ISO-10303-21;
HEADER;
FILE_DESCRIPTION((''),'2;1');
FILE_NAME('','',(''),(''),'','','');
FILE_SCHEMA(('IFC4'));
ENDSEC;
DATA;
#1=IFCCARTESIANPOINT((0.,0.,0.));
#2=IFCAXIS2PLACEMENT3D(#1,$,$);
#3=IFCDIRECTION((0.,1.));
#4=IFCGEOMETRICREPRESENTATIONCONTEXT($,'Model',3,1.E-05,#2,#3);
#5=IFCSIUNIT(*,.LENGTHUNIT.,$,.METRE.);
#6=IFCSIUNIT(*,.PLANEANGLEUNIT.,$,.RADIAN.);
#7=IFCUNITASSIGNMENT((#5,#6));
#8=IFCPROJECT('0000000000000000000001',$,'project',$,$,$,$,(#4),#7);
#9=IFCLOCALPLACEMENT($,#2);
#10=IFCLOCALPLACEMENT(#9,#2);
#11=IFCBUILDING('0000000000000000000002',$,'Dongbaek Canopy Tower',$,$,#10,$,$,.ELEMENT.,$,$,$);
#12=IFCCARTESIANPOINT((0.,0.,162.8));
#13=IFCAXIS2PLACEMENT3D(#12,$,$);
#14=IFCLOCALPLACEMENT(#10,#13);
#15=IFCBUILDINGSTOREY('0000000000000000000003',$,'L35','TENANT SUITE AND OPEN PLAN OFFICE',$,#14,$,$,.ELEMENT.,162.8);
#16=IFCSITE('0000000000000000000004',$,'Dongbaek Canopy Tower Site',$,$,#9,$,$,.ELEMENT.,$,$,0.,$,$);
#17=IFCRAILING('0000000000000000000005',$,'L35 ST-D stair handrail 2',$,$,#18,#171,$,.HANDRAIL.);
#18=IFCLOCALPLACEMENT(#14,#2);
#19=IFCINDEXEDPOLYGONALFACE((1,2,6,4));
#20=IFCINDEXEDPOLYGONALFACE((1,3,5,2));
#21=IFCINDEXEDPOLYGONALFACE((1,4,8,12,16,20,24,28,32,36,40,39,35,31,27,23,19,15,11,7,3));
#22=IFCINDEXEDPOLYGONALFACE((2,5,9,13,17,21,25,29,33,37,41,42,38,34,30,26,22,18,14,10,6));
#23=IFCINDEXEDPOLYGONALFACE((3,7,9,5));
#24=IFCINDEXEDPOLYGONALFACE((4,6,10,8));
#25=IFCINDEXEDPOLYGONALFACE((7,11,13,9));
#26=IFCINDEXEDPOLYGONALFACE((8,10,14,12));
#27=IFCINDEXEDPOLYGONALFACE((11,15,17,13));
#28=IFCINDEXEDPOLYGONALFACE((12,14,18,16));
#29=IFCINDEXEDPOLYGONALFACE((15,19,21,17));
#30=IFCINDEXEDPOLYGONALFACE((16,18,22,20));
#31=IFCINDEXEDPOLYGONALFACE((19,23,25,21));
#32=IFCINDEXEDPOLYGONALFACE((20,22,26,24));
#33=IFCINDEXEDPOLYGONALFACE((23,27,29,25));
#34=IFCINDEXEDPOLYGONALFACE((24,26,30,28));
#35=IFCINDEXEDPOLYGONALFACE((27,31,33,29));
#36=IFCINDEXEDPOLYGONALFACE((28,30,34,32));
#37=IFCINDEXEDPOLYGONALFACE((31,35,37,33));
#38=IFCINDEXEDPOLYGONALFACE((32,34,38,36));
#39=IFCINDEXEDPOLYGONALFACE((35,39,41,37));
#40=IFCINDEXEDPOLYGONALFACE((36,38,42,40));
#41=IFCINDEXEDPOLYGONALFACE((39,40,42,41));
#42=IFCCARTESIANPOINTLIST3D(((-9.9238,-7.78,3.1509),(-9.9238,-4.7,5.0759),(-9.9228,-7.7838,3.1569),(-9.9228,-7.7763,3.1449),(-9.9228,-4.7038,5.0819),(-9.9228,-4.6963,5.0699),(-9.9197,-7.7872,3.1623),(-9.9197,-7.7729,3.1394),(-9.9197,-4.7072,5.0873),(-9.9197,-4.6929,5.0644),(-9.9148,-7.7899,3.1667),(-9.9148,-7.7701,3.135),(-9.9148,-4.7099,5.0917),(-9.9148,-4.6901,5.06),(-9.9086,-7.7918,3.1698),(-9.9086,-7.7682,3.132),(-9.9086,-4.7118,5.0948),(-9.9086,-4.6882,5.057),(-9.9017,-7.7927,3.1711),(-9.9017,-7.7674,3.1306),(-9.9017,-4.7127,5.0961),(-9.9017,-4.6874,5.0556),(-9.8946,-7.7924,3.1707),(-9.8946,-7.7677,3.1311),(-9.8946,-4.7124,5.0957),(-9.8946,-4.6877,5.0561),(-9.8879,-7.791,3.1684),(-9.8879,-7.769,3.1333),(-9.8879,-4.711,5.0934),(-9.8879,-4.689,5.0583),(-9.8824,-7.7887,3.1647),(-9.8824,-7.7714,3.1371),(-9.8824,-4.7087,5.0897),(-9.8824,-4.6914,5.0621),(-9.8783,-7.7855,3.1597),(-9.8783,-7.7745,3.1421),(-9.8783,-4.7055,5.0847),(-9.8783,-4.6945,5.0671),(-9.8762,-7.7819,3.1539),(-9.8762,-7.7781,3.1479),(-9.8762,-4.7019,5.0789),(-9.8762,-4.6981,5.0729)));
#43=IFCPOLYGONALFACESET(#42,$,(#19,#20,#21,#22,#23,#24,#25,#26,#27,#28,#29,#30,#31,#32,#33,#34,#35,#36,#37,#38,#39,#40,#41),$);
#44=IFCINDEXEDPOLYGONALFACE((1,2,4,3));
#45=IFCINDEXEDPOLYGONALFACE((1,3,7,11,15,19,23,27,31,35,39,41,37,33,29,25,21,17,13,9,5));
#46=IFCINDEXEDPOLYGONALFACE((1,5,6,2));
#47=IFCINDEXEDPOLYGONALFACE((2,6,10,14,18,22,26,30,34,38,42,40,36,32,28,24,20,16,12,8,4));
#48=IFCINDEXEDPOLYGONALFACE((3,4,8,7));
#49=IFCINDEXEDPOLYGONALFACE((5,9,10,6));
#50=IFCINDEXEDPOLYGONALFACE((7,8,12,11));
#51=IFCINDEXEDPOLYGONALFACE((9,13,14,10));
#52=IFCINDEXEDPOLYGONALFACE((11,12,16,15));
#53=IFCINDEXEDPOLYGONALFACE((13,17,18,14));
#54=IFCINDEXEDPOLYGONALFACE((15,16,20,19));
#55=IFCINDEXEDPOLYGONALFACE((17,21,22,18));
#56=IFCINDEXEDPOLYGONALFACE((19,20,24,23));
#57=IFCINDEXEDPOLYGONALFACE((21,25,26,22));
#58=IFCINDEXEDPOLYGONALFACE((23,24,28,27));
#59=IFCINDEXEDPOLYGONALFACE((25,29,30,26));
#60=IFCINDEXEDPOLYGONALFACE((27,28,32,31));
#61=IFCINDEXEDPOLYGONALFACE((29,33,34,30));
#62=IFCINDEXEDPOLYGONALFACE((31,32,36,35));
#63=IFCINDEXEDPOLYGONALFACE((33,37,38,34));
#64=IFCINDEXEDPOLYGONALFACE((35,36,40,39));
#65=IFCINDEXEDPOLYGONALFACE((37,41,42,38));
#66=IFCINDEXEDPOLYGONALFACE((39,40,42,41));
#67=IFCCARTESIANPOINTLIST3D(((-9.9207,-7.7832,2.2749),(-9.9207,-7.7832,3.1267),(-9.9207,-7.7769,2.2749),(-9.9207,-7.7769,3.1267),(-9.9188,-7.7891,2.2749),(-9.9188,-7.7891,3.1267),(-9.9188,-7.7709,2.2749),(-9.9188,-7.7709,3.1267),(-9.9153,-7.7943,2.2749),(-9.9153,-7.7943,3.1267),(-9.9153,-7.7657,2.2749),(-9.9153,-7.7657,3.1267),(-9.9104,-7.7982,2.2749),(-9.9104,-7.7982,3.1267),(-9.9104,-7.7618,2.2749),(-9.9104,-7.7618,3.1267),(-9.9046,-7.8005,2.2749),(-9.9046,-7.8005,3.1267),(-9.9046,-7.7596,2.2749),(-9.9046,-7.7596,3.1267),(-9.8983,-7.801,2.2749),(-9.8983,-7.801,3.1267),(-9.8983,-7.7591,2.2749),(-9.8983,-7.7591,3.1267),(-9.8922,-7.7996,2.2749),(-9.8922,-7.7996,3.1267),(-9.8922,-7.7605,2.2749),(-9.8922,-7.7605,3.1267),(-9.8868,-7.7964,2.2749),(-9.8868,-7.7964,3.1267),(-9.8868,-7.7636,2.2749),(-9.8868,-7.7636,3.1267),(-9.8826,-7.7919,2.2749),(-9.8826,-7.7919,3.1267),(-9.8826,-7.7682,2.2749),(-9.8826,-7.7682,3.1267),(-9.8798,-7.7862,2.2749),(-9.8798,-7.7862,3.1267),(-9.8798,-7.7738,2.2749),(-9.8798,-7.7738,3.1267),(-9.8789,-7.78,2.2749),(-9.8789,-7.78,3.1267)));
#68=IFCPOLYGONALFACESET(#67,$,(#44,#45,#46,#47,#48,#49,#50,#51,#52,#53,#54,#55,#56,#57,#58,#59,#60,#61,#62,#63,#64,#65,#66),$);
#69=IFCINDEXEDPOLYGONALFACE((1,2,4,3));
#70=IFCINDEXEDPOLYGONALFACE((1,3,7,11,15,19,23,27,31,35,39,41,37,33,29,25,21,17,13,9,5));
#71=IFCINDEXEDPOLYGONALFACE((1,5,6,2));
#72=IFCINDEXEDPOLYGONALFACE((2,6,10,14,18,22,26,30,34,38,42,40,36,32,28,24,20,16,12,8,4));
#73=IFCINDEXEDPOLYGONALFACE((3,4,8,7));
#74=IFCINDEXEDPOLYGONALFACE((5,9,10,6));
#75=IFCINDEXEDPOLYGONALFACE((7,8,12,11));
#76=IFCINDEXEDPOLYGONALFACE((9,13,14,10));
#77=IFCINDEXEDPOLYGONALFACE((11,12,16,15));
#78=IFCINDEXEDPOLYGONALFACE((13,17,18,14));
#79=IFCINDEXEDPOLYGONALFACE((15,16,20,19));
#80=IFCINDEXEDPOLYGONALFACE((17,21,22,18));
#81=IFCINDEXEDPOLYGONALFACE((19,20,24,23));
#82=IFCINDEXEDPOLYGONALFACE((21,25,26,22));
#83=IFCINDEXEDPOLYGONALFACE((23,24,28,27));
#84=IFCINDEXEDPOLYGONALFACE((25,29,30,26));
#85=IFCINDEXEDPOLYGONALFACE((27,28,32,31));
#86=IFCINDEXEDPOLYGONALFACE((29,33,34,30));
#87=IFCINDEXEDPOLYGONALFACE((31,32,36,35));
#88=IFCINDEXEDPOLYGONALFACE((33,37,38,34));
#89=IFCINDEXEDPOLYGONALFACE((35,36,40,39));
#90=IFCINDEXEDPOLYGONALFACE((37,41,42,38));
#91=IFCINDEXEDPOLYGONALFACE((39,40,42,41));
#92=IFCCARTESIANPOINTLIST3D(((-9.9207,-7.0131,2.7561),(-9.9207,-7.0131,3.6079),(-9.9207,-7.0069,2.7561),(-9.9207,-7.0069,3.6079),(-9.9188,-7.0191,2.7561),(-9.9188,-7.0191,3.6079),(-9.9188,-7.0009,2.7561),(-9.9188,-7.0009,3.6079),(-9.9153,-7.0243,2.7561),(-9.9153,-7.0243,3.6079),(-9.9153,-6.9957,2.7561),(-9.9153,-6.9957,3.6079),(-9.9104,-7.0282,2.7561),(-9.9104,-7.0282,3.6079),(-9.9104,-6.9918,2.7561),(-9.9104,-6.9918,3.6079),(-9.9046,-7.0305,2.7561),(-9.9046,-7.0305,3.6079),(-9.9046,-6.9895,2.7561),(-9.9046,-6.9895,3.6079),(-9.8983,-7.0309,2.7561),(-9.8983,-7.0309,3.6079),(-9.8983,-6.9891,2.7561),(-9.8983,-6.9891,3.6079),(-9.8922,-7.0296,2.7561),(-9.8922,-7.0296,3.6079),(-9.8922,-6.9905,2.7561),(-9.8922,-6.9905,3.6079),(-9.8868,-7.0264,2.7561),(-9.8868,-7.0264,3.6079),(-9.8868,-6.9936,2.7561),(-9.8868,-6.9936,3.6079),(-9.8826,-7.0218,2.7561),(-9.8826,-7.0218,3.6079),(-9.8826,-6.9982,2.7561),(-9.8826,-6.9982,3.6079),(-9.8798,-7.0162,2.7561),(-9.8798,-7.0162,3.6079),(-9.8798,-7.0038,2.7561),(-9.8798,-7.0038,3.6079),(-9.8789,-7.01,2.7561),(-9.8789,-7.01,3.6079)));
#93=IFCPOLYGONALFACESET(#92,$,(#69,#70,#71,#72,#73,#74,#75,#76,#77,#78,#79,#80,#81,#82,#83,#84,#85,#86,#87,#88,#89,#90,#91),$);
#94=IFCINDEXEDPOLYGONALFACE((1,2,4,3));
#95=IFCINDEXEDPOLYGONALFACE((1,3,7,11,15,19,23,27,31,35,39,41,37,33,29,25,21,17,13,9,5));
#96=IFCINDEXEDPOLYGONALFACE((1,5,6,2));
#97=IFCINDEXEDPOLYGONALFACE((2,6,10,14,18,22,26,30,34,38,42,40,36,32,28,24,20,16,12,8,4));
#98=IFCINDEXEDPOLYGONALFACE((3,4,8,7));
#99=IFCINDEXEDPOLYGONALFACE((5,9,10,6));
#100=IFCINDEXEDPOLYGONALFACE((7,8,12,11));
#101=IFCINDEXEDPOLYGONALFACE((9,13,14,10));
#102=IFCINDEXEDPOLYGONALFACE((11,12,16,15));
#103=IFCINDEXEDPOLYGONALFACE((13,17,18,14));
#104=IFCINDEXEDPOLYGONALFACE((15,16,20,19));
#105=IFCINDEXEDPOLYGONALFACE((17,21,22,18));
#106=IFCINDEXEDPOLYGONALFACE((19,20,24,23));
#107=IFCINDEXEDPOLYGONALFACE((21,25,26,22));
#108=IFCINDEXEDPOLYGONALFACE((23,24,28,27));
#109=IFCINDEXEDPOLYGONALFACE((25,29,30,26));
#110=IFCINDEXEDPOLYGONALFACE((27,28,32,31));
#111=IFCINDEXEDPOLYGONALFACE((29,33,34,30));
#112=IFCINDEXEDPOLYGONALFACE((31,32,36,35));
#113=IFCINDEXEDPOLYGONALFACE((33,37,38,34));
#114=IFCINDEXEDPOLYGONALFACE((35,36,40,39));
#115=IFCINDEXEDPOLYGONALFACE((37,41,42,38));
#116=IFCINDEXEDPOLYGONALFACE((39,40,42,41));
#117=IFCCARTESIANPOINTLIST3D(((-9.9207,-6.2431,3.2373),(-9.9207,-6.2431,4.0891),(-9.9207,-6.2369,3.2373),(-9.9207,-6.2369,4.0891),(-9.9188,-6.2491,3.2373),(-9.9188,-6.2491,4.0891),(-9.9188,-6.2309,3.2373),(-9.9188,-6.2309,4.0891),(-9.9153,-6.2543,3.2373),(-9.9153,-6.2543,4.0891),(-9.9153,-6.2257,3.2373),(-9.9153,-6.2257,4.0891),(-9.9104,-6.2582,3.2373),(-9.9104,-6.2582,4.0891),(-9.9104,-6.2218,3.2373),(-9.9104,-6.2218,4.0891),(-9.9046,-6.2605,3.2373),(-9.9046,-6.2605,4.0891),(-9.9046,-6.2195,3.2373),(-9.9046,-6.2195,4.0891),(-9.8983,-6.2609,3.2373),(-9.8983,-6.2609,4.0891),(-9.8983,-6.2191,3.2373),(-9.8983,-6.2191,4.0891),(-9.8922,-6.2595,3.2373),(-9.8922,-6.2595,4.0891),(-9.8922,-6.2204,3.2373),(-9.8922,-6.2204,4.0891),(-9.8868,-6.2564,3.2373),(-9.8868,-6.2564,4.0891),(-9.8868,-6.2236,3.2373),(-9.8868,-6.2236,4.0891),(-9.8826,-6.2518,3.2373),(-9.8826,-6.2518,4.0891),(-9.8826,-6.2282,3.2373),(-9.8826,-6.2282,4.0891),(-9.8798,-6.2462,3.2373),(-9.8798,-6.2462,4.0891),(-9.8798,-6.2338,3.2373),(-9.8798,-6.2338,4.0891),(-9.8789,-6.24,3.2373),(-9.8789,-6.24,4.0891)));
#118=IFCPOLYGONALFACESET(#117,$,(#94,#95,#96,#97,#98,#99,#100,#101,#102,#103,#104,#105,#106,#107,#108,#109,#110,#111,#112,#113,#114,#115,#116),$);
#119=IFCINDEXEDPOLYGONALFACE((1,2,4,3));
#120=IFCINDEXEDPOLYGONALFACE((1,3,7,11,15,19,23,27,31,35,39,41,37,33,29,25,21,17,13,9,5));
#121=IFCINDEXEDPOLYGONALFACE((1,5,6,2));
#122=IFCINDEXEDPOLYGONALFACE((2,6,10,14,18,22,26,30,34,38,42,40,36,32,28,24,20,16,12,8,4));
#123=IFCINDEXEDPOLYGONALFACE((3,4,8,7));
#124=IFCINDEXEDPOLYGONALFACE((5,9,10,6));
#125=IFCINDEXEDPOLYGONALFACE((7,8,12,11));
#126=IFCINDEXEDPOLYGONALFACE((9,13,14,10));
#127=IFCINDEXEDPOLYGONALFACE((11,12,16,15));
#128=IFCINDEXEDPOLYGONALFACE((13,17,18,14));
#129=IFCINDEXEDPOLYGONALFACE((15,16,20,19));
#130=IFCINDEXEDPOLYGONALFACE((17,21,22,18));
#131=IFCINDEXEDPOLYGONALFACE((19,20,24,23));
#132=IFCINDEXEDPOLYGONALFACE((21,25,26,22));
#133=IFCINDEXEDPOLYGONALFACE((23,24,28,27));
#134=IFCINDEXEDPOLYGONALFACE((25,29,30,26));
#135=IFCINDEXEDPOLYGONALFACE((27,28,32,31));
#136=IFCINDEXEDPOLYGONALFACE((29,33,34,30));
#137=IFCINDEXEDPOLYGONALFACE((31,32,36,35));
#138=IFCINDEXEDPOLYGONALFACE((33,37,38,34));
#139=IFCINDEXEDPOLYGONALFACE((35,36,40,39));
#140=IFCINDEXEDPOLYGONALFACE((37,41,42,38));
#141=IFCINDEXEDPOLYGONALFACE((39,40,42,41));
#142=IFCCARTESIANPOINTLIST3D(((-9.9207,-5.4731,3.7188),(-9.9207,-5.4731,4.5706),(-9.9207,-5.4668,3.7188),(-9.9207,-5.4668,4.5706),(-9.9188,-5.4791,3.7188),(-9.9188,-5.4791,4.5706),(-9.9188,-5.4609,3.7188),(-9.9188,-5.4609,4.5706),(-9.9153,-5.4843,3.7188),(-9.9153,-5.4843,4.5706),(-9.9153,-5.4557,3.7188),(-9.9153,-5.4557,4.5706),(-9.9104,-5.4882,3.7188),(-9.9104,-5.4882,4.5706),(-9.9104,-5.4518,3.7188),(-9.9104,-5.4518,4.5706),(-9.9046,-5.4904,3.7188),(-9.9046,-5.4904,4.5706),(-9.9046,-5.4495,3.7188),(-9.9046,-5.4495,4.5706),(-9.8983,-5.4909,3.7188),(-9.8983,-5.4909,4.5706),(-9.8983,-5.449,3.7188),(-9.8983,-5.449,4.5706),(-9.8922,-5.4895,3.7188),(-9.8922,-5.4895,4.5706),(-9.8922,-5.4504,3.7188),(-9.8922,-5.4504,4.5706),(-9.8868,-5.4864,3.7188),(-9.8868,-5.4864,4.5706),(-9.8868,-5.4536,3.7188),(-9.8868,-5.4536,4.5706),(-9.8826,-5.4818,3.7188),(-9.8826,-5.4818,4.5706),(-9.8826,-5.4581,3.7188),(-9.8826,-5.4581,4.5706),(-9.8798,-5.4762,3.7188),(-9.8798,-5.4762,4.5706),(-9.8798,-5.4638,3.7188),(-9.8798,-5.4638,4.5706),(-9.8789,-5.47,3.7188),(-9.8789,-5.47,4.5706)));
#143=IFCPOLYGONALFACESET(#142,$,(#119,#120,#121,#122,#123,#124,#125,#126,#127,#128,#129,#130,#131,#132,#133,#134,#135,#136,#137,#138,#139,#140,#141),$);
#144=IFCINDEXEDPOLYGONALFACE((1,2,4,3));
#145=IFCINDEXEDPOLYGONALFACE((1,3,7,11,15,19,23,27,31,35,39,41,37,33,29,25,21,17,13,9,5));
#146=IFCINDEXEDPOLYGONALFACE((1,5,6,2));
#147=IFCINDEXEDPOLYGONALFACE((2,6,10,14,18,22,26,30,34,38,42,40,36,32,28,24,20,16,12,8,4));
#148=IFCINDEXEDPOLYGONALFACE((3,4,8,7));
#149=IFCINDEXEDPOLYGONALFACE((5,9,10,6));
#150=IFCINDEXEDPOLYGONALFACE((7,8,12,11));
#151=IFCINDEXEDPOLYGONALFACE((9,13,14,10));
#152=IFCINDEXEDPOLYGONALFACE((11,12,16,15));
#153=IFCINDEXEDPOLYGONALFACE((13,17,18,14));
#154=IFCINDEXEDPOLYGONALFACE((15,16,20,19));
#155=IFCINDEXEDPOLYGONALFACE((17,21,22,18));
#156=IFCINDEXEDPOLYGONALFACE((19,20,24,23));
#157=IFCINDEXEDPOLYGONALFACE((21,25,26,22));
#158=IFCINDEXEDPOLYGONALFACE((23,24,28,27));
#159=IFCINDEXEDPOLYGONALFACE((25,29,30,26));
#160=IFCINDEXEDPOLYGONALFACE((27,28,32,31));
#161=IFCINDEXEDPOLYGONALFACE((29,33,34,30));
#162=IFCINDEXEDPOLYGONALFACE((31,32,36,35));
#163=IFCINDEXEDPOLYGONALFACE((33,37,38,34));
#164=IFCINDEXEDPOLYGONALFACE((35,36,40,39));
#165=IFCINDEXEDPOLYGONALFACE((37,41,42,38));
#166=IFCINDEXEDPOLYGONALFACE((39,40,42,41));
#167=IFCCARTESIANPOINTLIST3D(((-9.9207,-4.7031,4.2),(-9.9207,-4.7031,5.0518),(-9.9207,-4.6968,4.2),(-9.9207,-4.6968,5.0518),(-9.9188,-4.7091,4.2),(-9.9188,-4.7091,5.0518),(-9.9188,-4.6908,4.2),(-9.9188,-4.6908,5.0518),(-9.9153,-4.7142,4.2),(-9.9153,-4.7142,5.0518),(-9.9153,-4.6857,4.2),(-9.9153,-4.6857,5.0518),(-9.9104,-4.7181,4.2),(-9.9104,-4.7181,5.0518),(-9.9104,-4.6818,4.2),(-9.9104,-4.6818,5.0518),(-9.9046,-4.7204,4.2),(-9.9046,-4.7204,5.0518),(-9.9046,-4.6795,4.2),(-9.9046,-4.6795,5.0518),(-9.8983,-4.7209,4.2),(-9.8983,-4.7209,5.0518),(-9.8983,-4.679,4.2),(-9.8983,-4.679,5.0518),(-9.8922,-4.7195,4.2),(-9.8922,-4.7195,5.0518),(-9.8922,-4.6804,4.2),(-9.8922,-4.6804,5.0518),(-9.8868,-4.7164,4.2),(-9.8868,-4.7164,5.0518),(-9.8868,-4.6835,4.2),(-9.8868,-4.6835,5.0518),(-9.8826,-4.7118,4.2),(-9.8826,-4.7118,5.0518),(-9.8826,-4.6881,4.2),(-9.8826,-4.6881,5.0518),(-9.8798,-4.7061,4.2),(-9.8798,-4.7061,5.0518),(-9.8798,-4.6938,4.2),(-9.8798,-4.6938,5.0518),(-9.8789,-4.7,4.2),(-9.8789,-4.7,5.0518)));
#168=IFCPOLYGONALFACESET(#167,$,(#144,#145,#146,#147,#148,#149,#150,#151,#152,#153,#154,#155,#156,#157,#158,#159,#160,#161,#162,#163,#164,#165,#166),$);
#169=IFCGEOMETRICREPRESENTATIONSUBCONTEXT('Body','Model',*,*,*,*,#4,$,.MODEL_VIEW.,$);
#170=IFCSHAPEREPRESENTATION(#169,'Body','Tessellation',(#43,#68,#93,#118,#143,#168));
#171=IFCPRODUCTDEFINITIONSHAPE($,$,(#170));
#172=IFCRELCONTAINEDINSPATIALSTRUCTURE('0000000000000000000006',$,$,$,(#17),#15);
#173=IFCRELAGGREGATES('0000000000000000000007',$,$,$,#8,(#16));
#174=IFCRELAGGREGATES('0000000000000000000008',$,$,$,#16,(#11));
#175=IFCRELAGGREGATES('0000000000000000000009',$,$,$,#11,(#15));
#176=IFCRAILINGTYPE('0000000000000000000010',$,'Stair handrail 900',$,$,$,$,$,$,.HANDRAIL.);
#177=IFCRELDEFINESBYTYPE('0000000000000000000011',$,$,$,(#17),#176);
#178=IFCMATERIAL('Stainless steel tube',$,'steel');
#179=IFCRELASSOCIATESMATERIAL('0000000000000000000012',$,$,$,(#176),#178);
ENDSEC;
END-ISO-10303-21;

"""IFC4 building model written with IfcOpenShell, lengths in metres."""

from ifc_helpers import new_model, si_unit, direction, frame, origin, origin_2d, place, context, subcontext, project, spatial, circle, extrude, material, type_object, element, save


model = new_model("IFC4")

# Units and contexts
model_context = context("Model", 3, precision=1e-05, world=origin(), true_north=direction((0.0, 1.0)))
body_context = subcontext(model_context, "Body", "Model", "MODEL_VIEW")
ifc_project = project(units=[si_unit("LENGTHUNIT", "METRE"), si_unit("PLANEANGLEUNIT", "RADIAN")], contexts=[model_context])

# Site, building, storey
site_placement = place(None, origin())
site = spatial("IfcSite", under=ifc_project, at=site_placement, Name="Dongbaek Canopy Tower Site", CompositionType="ELEMENT", RefElevation=0.0)
building_placement = place(site_placement, origin())
building = spatial("IfcBuilding", under=site, at=building_placement, Name="Dongbaek Canopy Tower", CompositionType="ELEMENT")
storey_placement = place(building_placement, frame((0.0, 0.0, 162.8)))
storey = spatial("IfcBuildingStorey", under=building, at=storey_placement, Name="L35", Description="TENANT SUITE AND OPEN PLAN OFFICE", CompositionType="ELEMENT", Elevation=162.8)

# Railing
ifc_material_1 = material(Name="Stainless steel tube", Category="steel")
railing_type_1 = type_object("IfcRailingType", Name="Stair handrail 900", PredefinedType="HANDRAIL", material=ifc_material_1)
railing_1_placement = place(storey_placement, frame((-9.8999, -7.78, 2.2749)))
element("IfcRailing", 1, at=railing_1_placement, inside=storey, type_object=railing_type_1, Name="L35 ST-D stair handrail 2", PredefinedType="HANDRAIL", context=body_context, shape_type="SweptSolid", body=[
    extrude(circle(Radius=0.0239, at=origin_2d()), frame((0.0, 0.0, 0.876), z_axis=(0.0, 0.847998, 0.529999), x_axis=(-1.0, 0.0, 0.0)), (0.0, 0.0, 1.0), 3.6321),
    extrude(circle(Radius=0.021, at=origin_2d()), origin(), (0.0, 0.0, 1.0), 0.8518),
    extrude(circle(Radius=0.021, at=origin_2d()), frame((0.0, 0.77, 0.4812)), (0.0, 0.0, 1.0), 0.8518),
    extrude(circle(Radius=0.021, at=origin_2d()), frame((0.0, 1.54, 0.9624)), (0.0, 0.0, 1.0), 0.8518),
    extrude(circle(Radius=0.021, at=origin_2d()), frame((0.0, 2.3101, 1.4438)), (0.0, 0.0, 1.0), 0.8518),
    extrude(circle(Radius=0.021, at=origin_2d()), frame((0.0, 3.0801, 1.925)), (0.0, 0.0, 1.0), 0.8518),
])

save(model, "model.ifc")
